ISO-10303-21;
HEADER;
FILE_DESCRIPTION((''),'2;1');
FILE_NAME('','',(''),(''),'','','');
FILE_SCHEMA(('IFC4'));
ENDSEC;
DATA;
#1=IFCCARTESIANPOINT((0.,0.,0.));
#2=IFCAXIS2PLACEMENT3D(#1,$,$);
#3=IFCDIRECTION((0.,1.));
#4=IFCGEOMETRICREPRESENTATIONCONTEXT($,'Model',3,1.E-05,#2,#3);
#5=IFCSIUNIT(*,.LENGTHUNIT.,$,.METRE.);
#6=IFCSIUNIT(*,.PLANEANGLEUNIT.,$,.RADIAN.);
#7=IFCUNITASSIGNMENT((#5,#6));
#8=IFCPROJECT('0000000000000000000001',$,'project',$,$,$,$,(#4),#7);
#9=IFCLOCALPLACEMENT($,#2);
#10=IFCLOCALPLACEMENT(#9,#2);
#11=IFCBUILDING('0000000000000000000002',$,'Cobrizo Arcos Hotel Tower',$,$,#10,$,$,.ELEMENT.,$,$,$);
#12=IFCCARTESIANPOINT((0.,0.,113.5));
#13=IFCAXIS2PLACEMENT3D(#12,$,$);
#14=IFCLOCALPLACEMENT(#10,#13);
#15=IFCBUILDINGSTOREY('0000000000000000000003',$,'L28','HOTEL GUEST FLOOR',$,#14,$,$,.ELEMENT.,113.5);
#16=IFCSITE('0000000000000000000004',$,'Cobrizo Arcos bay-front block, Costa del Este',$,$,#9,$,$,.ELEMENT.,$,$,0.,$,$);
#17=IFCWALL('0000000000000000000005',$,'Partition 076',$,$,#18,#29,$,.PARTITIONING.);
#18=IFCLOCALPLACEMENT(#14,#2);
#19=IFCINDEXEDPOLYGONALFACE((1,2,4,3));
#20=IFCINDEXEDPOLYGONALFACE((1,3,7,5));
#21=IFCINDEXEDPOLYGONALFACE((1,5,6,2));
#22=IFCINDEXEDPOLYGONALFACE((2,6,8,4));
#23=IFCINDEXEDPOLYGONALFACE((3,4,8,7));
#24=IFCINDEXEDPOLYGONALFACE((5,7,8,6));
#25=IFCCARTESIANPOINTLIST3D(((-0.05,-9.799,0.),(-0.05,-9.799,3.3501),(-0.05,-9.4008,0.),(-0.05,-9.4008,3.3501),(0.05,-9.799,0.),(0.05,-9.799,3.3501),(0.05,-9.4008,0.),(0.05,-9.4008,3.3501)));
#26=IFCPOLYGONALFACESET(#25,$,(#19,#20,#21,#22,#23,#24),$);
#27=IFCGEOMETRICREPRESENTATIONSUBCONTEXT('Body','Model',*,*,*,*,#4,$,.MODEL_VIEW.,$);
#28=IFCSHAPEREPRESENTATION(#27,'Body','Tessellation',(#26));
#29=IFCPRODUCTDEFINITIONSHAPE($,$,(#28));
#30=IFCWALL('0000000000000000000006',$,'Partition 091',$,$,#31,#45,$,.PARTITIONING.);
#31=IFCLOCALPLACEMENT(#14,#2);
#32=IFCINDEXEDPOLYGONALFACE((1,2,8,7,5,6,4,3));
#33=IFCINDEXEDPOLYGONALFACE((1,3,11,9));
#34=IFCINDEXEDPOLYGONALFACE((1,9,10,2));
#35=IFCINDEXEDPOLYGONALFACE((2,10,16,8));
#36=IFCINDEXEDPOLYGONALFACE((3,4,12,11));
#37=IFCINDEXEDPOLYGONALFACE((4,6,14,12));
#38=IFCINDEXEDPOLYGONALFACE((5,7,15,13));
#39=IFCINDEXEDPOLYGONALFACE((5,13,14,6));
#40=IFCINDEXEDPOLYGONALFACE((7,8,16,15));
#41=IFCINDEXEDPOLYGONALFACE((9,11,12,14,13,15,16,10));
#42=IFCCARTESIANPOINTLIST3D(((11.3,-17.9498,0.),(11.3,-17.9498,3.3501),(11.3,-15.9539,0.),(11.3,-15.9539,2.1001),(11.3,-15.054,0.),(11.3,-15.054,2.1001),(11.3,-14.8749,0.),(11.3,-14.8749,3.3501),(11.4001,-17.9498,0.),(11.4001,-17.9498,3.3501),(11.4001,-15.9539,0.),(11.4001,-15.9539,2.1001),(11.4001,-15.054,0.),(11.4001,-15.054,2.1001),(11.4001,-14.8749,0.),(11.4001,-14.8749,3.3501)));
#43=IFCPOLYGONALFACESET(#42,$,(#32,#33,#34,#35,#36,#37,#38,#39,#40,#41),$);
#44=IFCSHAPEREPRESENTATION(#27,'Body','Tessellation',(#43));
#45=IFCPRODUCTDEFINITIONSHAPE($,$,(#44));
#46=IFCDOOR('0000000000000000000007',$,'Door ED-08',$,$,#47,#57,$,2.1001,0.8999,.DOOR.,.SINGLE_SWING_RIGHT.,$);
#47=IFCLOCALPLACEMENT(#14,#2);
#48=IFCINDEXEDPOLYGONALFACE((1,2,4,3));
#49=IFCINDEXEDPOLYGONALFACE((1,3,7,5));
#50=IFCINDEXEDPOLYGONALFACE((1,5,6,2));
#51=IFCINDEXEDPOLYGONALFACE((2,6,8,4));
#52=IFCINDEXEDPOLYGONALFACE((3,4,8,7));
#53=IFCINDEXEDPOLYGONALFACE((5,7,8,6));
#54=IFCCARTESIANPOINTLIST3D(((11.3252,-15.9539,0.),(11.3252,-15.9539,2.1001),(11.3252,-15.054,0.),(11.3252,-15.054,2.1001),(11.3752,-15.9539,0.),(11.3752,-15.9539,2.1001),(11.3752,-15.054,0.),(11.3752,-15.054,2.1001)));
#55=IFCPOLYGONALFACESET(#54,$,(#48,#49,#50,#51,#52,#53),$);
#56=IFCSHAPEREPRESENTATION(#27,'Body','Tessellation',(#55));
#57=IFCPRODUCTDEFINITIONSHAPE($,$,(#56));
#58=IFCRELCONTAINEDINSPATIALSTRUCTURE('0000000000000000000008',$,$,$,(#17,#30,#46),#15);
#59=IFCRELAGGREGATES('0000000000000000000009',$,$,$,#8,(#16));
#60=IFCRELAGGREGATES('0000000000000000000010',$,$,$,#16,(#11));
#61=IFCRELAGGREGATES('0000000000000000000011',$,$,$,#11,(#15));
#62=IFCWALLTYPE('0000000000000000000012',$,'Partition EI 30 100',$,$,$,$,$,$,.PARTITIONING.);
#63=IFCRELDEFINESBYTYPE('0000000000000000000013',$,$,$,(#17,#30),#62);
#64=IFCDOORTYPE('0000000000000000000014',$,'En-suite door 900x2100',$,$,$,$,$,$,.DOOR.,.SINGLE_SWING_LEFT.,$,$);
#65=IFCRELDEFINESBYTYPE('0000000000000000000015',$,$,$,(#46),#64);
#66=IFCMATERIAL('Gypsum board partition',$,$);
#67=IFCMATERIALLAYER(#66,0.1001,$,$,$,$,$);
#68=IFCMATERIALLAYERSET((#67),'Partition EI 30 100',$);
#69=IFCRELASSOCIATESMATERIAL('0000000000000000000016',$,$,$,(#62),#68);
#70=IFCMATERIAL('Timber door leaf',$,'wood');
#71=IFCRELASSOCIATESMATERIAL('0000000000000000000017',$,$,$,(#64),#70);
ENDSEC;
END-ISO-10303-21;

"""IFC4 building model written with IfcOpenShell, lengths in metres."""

from ifc_helpers import new_model, si_unit, direction, frame, frame_2d, origin, place, context, subcontext, project, spatial, rectangle, extrude, material, layer, layer_set, type_object, element, fill, save


model = new_model("IFC4")

# Units and contexts
model_context = context("Model", 3, precision=1e-05, world=origin(), true_north=direction((0.0, 1.0)))
body_context = subcontext(model_context, "Body", "Model", "MODEL_VIEW")
ifc_project = project(units=[si_unit("LENGTHUNIT", "METRE"), si_unit("PLANEANGLEUNIT", "RADIAN")], contexts=[model_context])

# Site, building, storey
site_placement = place(None, origin())
site = spatial("IfcSite", under=ifc_project, at=site_placement, Name="Cobrizo Arcos bay-front block, Costa del Este", CompositionType="ELEMENT", RefElevation=0.0)
building_placement = place(site_placement, origin())
building = spatial("IfcBuilding", under=site, at=building_placement, Name="Cobrizo Arcos Hotel Tower", CompositionType="ELEMENT")
storey_placement = place(building_placement, frame((0.0, 0.0, 113.5)))
storey = spatial("IfcBuildingStorey", under=building, at=storey_placement, Name="L28", Description="HOTEL GUEST FLOOR", CompositionType="ELEMENT", Elevation=113.5)

# Shared definitions
ifc_material_1 = material(Name="Gypsum board partition")

# Shared definitions
ifc_material_2 = material(Name="Timber door leaf", Category="wood")

# Wall
ifc_layer_1 = layer(ifc_material_1, 0.1001)
ifc_layer_set_1 = layer_set([ifc_layer_1], Name="Partition EI 30 100")
wall_type_1 = type_object("IfcWallType", Name="Partition EI 30 100", PredefinedType="PARTITIONING", material=ifc_layer_set_1)
wall_1_placement = place(storey_placement, frame((0.0, -9.7991, 0.0), z_axis=(0.0, 0.0, 1.0), x_axis=(0.0, 1.0, 0.0)))
element("IfcWall", 1, at=wall_1_placement, inside=storey, type_object=wall_type_1, Name="Partition 076", PredefinedType="PARTITIONING", context=body_context, shape_type="SweptSolid", body=[
    extrude(rectangle(XDim=0.3982, YDim=0.1001, at=frame_2d((0.1992, 0.0))), origin(), (0.0, 0.0, 1.0), 3.3501),
])

# Wall, opening, door
wall_2_placement = place(storey_placement, frame((11.3501, -17.95, 0.0), z_axis=(0.0, 0.0, 1.0), x_axis=(0.0, 1.0, 0.0)))
wall_2 = element("IfcWall", 2, at=wall_2_placement, inside=storey, type_object=wall_type_1, Name="Partition 091", PredefinedType="PARTITIONING", context=body_context, shape_type="SweptSolid", body=[
    extrude(rectangle(XDim=3.075, YDim=0.1001, at=frame_2d((1.5376, 0.0))), origin(), (0.0, 0.0, 1.0), 3.3501),
])
opening_1_placement = place(wall_2_placement, frame((1.9961, 0.0, 0.0)))
opening_1 = element("IfcOpeningElement", 3, at=opening_1_placement, cuts=wall_2, PredefinedType="OPENING", context=body_context, shape_type="SweptSolid", body=[
    extrude(rectangle(XDim=0.8999, YDim=2.1001, at=frame_2d((0.45, 1.05))), frame((0.0, 0.062, 0.0), z_axis=(0.0, -1.0, 0.0), x_axis=(1.0, 0.0, 0.0)), (0.0, 0.0, 1.0), 0.124),
])
door_type_1 = type_object("IfcDoorType", Name="En-suite door 900x2100", OperationType="SINGLE_SWING_LEFT", PredefinedType="DOOR", material=ifc_material_2)
door_1_placement = place(opening_1_placement, origin())
door_1 = element("IfcDoor", 4, at=door_1_placement, inside=storey, type_object=door_type_1, Name="Door ED-08", OperationType="SINGLE_SWING_RIGHT", OverallHeight=2.1001, OverallWidth=0.8999, PredefinedType="DOOR", context=body_context, shape_type="SweptSolid", body=[
    extrude(rectangle(XDim=0.8999, YDim=2.1001, at=frame_2d((0.45, 1.05))), frame((0.0, 0.0249, 0.0), z_axis=(0.0, -1.0, 0.0), x_axis=(1.0, 0.0, 0.0)), (0.0, 0.0, 1.0), 0.05),
])
fill(opening_1, door_1)

save(model, "model.ifc")
